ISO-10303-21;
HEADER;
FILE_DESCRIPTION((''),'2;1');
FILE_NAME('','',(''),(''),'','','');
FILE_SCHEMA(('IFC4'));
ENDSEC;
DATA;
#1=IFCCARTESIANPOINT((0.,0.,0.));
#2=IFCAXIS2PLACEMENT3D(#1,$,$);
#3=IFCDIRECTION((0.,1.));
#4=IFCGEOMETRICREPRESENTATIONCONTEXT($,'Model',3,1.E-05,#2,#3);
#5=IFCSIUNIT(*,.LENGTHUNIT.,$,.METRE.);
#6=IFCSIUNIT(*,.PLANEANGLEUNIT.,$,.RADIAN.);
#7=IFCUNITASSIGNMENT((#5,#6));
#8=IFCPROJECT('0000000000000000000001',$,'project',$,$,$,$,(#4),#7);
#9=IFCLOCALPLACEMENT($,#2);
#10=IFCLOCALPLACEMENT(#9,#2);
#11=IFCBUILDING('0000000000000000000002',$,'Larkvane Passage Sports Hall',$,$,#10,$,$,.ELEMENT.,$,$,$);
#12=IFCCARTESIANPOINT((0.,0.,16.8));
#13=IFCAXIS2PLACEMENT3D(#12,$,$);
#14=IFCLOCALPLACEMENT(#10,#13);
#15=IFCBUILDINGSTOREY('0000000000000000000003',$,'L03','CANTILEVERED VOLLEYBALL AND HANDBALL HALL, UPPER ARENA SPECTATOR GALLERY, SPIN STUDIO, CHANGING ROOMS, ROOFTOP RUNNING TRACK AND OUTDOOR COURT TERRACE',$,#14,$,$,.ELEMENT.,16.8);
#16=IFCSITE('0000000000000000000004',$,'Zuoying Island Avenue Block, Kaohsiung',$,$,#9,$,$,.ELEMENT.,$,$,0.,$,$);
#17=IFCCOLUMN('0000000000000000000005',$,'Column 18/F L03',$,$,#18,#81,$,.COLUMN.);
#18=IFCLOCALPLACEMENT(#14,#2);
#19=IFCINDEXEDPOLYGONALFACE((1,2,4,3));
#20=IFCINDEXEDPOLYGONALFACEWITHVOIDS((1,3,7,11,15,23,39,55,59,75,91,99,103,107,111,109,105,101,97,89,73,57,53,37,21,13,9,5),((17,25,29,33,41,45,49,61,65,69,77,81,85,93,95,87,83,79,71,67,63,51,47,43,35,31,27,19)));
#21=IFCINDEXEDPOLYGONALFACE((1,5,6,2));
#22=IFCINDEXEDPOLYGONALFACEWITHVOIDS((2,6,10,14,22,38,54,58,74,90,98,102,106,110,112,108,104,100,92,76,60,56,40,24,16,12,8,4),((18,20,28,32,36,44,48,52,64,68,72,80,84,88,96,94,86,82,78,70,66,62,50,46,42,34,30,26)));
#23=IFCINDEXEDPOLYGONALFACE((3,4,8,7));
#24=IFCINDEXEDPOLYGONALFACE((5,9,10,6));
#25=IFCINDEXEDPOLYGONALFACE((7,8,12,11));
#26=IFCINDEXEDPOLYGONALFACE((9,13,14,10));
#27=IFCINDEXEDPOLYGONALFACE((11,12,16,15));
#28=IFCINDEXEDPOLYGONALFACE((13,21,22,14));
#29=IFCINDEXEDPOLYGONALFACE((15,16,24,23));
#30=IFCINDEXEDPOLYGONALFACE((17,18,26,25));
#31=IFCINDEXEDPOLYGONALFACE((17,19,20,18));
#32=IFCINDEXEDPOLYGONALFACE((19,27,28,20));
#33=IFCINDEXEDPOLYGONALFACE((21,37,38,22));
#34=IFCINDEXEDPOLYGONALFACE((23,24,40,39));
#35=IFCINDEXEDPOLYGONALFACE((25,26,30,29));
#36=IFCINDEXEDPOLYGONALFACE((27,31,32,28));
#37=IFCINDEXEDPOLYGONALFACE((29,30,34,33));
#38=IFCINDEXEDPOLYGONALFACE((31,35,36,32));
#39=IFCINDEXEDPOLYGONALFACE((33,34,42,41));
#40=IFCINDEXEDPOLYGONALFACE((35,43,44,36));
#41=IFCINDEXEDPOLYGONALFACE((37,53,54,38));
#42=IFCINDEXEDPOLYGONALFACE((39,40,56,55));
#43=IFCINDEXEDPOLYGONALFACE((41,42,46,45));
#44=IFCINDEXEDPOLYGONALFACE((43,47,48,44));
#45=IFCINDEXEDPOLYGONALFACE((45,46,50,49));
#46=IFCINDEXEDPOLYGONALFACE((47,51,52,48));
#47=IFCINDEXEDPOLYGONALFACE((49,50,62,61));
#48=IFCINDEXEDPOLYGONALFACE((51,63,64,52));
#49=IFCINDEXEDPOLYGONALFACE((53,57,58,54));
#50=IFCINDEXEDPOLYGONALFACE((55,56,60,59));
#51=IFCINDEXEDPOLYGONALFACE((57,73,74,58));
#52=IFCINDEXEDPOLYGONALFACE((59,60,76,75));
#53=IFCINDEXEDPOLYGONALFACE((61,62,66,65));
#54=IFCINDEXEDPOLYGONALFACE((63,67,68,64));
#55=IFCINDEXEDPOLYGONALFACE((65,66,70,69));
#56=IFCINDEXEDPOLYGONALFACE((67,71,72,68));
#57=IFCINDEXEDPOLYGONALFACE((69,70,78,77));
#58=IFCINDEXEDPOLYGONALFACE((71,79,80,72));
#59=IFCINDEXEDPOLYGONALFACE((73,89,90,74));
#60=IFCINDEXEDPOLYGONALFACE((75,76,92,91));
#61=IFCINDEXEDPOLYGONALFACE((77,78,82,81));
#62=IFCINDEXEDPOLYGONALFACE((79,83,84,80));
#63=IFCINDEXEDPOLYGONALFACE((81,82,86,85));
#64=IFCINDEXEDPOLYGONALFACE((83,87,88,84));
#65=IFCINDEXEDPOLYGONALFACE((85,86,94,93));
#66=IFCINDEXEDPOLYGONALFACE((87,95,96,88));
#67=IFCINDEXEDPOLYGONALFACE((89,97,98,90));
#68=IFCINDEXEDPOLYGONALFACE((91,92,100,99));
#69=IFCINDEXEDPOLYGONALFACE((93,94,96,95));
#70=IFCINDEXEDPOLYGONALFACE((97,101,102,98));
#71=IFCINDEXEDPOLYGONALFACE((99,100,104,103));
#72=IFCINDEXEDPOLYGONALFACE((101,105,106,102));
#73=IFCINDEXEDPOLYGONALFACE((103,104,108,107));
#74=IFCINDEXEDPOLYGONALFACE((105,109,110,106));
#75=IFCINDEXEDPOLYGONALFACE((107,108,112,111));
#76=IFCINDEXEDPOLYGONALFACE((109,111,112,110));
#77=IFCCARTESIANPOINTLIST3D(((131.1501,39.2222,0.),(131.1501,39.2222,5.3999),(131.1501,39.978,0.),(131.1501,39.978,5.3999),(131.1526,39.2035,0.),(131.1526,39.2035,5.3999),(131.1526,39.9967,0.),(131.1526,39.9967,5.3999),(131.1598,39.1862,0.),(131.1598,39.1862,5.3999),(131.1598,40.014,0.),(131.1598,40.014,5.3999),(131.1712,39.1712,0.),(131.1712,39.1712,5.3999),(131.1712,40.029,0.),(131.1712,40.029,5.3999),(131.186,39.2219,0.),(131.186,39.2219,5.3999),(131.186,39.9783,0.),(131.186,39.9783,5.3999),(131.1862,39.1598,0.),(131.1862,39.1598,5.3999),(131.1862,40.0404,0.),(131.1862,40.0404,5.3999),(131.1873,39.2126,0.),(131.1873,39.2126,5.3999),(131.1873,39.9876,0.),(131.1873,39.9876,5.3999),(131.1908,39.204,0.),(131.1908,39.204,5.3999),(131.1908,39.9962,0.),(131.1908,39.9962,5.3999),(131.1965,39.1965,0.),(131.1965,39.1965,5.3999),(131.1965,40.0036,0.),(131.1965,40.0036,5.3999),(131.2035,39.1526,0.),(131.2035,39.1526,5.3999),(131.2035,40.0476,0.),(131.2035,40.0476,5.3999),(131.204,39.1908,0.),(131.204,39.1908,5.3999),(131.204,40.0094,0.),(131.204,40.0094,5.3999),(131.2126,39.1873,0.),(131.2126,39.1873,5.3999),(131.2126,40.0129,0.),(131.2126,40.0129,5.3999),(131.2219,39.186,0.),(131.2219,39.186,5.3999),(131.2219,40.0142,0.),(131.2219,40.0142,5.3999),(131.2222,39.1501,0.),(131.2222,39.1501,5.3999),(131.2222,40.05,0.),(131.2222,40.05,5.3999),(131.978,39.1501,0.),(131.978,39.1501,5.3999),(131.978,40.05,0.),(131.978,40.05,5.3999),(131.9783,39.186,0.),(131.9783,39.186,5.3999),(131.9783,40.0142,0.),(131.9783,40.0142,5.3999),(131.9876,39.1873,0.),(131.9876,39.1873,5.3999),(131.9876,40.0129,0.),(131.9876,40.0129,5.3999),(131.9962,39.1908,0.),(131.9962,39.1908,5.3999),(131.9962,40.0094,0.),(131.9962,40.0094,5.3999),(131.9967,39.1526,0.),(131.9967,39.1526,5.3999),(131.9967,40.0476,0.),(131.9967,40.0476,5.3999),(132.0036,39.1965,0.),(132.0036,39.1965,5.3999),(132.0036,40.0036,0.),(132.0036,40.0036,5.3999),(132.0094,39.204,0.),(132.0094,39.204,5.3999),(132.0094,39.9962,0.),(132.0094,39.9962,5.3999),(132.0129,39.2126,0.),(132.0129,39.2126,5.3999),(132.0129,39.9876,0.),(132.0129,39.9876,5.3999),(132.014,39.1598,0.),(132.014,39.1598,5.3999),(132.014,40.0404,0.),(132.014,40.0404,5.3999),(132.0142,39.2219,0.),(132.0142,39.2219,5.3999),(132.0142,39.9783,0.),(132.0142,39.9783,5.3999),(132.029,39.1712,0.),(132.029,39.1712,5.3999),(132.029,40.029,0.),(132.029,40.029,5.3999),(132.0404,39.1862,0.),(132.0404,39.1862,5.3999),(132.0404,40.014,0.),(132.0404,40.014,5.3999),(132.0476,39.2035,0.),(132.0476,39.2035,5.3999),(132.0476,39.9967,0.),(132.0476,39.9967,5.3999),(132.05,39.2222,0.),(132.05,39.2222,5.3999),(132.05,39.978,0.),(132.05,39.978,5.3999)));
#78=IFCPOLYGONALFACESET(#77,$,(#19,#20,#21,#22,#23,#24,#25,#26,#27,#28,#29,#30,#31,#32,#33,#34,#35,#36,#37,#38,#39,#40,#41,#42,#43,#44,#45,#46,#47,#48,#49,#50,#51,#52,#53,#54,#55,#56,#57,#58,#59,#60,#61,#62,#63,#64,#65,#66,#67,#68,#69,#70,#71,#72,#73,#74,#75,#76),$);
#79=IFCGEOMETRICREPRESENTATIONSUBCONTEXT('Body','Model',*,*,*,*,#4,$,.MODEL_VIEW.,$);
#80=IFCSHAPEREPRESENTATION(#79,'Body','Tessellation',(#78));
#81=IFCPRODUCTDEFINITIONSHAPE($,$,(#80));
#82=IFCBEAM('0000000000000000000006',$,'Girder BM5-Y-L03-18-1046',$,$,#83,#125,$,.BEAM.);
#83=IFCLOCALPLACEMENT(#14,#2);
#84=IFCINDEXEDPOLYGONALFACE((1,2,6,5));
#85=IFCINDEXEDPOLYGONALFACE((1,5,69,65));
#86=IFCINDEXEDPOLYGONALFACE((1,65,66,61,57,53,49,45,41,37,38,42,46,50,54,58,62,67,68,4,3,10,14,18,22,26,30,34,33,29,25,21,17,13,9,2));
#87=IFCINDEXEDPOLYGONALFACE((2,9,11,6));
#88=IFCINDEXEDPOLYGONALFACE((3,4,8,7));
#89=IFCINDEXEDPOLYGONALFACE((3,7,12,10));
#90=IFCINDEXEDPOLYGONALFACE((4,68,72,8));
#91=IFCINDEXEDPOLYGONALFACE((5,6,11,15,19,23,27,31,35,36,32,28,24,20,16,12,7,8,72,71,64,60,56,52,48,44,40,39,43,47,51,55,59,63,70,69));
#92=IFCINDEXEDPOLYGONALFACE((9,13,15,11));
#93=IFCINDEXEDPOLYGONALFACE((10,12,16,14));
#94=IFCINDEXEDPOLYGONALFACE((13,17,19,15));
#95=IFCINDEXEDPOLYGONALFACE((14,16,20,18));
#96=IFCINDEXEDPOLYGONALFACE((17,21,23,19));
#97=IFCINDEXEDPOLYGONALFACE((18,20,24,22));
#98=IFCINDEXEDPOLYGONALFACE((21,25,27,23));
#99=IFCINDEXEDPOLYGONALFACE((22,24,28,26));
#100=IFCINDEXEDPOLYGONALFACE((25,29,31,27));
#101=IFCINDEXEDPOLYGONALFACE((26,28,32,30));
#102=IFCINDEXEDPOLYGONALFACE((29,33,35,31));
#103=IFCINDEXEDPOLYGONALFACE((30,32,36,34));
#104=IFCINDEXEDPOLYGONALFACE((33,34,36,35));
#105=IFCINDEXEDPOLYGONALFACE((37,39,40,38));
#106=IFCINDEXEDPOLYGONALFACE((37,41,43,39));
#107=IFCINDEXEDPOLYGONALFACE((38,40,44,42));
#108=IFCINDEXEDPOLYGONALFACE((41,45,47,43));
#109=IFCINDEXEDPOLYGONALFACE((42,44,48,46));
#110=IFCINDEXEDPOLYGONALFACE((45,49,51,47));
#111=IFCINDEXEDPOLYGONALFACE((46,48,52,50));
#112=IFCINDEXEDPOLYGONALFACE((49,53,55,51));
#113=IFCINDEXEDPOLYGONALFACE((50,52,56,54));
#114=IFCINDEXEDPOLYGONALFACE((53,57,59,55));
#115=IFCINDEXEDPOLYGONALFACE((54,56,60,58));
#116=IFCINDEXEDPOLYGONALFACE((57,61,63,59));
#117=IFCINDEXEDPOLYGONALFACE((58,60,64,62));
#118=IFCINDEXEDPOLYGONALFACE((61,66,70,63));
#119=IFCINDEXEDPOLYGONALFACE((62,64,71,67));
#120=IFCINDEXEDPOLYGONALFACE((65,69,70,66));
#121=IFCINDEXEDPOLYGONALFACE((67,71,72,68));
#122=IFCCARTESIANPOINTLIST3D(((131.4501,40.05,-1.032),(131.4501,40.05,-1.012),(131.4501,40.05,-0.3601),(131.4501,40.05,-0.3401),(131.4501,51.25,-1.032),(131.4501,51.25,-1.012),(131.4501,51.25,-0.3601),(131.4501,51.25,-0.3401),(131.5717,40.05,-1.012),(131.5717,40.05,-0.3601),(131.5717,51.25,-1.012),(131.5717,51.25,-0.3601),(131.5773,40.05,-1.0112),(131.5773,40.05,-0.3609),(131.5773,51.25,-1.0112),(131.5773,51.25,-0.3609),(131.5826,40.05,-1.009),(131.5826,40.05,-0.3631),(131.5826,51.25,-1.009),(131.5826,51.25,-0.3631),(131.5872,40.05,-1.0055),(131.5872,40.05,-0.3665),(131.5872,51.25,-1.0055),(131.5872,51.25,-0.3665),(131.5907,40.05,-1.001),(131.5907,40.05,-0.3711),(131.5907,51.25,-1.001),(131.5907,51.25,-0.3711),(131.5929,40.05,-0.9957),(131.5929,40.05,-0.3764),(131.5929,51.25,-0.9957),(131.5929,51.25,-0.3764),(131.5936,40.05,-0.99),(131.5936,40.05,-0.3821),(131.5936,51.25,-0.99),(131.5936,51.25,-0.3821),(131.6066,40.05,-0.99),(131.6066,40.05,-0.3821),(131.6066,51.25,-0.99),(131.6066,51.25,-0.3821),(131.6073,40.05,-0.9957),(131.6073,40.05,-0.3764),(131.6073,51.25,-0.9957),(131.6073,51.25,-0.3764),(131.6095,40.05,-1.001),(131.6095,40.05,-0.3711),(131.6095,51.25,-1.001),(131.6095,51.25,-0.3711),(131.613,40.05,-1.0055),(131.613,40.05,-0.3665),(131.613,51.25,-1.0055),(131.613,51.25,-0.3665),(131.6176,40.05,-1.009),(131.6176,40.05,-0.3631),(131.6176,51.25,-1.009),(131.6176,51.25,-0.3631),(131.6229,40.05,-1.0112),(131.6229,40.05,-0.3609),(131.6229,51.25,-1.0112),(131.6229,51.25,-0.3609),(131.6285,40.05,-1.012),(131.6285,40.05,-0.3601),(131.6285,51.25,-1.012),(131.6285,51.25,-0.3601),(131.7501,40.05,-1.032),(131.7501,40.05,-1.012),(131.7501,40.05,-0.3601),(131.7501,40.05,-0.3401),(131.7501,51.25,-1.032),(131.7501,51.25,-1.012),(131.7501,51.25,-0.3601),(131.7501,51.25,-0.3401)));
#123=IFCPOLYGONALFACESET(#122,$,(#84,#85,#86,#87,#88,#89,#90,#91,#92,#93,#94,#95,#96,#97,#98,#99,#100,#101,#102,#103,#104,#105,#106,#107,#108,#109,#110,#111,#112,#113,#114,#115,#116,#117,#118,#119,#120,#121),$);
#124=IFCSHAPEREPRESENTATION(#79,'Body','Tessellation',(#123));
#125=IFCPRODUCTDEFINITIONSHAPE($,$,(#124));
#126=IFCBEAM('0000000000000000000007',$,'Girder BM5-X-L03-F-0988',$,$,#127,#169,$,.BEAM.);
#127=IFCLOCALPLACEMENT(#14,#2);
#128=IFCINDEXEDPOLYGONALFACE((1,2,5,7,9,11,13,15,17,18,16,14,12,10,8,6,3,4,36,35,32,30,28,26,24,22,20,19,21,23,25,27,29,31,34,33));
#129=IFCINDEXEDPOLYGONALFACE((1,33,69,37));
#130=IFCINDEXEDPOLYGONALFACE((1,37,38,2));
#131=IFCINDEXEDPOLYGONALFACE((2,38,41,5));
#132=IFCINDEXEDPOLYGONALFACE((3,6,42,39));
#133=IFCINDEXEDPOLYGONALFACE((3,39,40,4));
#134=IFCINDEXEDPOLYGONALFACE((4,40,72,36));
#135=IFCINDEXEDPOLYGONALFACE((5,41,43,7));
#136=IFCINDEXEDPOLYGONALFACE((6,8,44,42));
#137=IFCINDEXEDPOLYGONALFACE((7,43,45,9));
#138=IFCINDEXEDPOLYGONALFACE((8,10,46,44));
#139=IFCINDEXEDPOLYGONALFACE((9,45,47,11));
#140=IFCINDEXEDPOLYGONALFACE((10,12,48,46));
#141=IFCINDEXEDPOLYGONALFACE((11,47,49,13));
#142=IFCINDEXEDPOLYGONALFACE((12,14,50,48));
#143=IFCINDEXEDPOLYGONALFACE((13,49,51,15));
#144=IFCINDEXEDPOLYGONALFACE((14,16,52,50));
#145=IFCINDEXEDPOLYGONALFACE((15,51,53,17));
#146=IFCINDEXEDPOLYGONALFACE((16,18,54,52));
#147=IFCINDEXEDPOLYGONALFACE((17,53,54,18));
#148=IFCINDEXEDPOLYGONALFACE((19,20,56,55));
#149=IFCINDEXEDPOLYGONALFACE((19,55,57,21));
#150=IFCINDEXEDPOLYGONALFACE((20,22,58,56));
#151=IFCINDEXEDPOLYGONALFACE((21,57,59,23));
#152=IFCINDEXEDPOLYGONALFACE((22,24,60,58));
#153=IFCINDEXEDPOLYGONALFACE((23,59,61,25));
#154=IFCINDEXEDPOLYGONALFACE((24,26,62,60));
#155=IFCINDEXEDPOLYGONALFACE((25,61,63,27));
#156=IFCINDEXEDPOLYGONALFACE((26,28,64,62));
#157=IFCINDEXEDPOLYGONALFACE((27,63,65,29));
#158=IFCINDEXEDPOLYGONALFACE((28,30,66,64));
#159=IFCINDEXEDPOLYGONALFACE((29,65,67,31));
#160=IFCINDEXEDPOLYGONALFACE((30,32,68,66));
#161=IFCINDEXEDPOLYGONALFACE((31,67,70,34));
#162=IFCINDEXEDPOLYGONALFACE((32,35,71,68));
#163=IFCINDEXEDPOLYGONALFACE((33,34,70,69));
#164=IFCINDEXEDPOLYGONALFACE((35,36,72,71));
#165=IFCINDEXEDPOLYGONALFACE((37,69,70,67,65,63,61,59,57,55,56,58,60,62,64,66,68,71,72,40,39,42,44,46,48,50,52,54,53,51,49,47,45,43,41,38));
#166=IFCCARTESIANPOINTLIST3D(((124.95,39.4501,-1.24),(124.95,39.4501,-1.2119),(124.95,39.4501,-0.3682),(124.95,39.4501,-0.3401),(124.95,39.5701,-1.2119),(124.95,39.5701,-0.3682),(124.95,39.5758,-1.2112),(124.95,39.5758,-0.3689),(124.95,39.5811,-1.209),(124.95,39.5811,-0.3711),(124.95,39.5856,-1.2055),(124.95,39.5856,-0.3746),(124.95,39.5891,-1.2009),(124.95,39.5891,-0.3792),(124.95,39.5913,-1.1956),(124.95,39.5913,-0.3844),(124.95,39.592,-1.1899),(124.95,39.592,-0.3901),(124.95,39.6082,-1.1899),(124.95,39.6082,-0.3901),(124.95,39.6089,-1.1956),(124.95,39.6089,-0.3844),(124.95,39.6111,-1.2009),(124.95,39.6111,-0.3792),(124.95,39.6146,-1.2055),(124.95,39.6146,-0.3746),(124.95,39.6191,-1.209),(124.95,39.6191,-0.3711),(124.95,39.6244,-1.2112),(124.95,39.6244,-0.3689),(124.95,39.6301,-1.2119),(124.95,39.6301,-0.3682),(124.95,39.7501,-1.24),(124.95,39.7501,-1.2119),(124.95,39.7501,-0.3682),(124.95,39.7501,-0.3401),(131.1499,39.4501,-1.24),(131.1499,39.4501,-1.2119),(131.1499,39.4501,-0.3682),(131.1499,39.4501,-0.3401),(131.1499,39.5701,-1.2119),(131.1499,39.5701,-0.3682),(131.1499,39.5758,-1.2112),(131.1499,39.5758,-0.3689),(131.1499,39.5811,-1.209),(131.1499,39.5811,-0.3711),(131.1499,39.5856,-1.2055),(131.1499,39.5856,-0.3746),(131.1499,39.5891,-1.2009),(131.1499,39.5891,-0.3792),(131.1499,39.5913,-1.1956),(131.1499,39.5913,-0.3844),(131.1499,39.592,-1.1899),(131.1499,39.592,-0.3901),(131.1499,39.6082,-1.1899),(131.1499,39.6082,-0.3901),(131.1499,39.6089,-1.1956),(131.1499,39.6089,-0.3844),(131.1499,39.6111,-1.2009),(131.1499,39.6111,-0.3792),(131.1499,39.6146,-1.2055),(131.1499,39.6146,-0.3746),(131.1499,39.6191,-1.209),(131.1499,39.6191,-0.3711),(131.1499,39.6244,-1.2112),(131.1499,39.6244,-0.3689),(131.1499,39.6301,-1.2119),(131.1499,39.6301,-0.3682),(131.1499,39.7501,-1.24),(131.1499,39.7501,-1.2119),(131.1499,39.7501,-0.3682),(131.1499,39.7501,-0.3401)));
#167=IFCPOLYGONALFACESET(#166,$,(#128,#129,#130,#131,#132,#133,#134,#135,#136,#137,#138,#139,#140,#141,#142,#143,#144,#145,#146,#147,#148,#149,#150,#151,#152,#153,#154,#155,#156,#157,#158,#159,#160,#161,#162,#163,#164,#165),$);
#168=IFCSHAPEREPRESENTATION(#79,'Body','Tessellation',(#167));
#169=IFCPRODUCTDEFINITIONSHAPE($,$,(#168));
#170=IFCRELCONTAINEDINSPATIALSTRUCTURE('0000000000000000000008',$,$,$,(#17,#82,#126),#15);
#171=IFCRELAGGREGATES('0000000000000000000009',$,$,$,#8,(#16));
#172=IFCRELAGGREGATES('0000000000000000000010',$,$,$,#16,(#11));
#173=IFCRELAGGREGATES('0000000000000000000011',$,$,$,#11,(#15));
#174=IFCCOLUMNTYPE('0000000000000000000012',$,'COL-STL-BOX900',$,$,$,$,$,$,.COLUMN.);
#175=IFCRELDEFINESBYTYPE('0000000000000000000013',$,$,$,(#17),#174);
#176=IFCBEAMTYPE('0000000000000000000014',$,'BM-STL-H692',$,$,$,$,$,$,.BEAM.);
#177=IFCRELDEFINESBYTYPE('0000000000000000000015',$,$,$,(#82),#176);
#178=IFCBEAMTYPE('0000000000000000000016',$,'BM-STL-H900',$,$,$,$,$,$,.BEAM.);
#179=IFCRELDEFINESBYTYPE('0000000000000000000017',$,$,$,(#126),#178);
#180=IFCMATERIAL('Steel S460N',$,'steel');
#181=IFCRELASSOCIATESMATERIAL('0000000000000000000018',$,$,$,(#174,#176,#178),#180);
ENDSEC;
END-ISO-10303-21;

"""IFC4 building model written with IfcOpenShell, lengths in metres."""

from ifc_helpers import new_model, si_unit, direction, frame, origin, origin_2d, place, context, subcontext, project, spatial, hollow_rectangle, i_section, extrude, material, material_profile, profile_set, type_object, element, save


model = new_model("IFC4")

# Units and contexts
model_context = context("Model", 3, precision=1e-05, world=origin(), true_north=direction((0.0, 1.0)))
body_context = subcontext(model_context, "Body", "Model", "MODEL_VIEW")
ifc_project = project(units=[si_unit("LENGTHUNIT", "METRE"), si_unit("PLANEANGLEUNIT", "RADIAN")], contexts=[model_context])

# Site, building, storey
site_placement = place(None, origin())
site = spatial("IfcSite", under=ifc_project, at=site_placement, Name="Zuoying Island Avenue Block, Kaohsiung", CompositionType="ELEMENT", RefElevation=0.0)
building_placement = place(site_placement, origin())
building = spatial("IfcBuilding", under=site, at=building_placement, Name="Larkvane Passage Sports Hall", CompositionType="ELEMENT")
storey_placement = place(building_placement, frame((0.0, 0.0, 16.8)))
storey = spatial("IfcBuildingStorey", under=building, at=storey_placement, Name="L03", Description="CANTILEVERED VOLLEYBALL AND HANDBALL HALL, UPPER ARENA SPECTATOR GALLERY, SPIN STUDIO, CHANGING ROOMS, ROOFTOP RUNNING TRACK AND OUTDOOR COURT TERRACE", CompositionType="ELEMENT", Elevation=16.8)

# Column
ifc_material_1 = material(Name="Steel S460N", Category="steel")
ifc_material_profile_1 = material_profile(ifc_material_1, hollow_rectangle(XDim=0.8999, YDim=0.8999, WallThickness=0.0359, InnerFilletRadius=0.0359, OuterFilletRadius=0.072, at=origin_2d()), Name="BOX-900x900x36")
ifc_profile_set_1 = profile_set([ifc_material_profile_1], Name="Steel S460N")
column_type = type_object("IfcColumnType", Name="COL-STL-BOX900", PredefinedType="COLUMN", material=ifc_profile_set_1)
column_placement = place(storey_placement, frame((131.6001, 39.6001, 0.0), z_axis=(0.0, 0.0, 1.0), x_axis=(1.0, 0.0, 0.0)))
element("IfcColumn", 1, at=column_placement, inside=storey, type_object=column_type, Name="Column 18/F L03", PredefinedType="COLUMN", context=body_context, shape_type="SweptSolid", body=[
    extrude(hollow_rectangle(XDim=0.8999, YDim=0.8999, WallThickness=0.0359, InnerFilletRadius=0.0359, OuterFilletRadius=0.072, at=origin_2d()), origin(), (0.0, 0.0, 1.0), 5.3999),
])

# Beams
ifc_material_profile_2 = material_profile(ifc_material_1, i_section(OverallWidth=0.3, OverallDepth=0.6919, WebThickness=0.0129, FlangeThickness=0.02, FilletRadius=0.022, at=origin_2d()), Name="H-692x300x13x20")
ifc_profile_set_2 = profile_set([ifc_material_profile_2], Name="Steel S460N")
beam_type_1 = type_object("IfcBeamType", Name="BM-STL-H692", PredefinedType="BEAM", material=ifc_profile_set_2)
beam_1_placement = place(storey_placement, frame((131.6001, 40.05, -0.686), z_axis=(0.0, 1.0, 0.0), x_axis=(-1.0, 0.0, 0.0)))
element("IfcBeam", 2, at=beam_1_placement, inside=storey, type_object=beam_type_1, Name="Girder BM5-Y-L03-18-1046", PredefinedType="BEAM", context=body_context, shape_type="SweptSolid", body=[
    extrude(i_section(OverallWidth=0.3, OverallDepth=0.6919, WebThickness=0.0129, FlangeThickness=0.02, FilletRadius=0.022, at=origin_2d()), origin(), (0.0, 0.0, 1.0), 11.2),
])
ifc_material_profile_3 = material_profile(ifc_material_1, i_section(OverallWidth=0.3, OverallDepth=0.8999, WebThickness=0.0161, FlangeThickness=0.0281, FilletRadius=0.022, at=origin_2d()), Name="H-900x300x16x28")
ifc_profile_set_3 = profile_set([ifc_material_profile_3], Name="Steel S460N")
beam_type_2 = type_object("IfcBeamType", Name="BM-STL-H900", PredefinedType="BEAM", material=ifc_profile_set_3)
beam_2_placement = place(storey_placement, frame((124.95, 39.6001, -0.79), z_axis=(1.0, 0.0, 0.0), x_axis=(0.0, 1.0, 0.0)))
element("IfcBeam", 3, at=beam_2_placement, inside=storey, type_object=beam_type_2, Name="Girder BM5-X-L03-F-0988", PredefinedType="BEAM", context=body_context, shape_type="SweptSolid", body=[
    extrude(i_section(OverallWidth=0.3, OverallDepth=0.8999, WebThickness=0.0161, FlangeThickness=0.0281, FilletRadius=0.022, at=origin_2d()), origin(), (0.0, 0.0, 1.0), 6.2),
])

save(model, "model.ifc")
